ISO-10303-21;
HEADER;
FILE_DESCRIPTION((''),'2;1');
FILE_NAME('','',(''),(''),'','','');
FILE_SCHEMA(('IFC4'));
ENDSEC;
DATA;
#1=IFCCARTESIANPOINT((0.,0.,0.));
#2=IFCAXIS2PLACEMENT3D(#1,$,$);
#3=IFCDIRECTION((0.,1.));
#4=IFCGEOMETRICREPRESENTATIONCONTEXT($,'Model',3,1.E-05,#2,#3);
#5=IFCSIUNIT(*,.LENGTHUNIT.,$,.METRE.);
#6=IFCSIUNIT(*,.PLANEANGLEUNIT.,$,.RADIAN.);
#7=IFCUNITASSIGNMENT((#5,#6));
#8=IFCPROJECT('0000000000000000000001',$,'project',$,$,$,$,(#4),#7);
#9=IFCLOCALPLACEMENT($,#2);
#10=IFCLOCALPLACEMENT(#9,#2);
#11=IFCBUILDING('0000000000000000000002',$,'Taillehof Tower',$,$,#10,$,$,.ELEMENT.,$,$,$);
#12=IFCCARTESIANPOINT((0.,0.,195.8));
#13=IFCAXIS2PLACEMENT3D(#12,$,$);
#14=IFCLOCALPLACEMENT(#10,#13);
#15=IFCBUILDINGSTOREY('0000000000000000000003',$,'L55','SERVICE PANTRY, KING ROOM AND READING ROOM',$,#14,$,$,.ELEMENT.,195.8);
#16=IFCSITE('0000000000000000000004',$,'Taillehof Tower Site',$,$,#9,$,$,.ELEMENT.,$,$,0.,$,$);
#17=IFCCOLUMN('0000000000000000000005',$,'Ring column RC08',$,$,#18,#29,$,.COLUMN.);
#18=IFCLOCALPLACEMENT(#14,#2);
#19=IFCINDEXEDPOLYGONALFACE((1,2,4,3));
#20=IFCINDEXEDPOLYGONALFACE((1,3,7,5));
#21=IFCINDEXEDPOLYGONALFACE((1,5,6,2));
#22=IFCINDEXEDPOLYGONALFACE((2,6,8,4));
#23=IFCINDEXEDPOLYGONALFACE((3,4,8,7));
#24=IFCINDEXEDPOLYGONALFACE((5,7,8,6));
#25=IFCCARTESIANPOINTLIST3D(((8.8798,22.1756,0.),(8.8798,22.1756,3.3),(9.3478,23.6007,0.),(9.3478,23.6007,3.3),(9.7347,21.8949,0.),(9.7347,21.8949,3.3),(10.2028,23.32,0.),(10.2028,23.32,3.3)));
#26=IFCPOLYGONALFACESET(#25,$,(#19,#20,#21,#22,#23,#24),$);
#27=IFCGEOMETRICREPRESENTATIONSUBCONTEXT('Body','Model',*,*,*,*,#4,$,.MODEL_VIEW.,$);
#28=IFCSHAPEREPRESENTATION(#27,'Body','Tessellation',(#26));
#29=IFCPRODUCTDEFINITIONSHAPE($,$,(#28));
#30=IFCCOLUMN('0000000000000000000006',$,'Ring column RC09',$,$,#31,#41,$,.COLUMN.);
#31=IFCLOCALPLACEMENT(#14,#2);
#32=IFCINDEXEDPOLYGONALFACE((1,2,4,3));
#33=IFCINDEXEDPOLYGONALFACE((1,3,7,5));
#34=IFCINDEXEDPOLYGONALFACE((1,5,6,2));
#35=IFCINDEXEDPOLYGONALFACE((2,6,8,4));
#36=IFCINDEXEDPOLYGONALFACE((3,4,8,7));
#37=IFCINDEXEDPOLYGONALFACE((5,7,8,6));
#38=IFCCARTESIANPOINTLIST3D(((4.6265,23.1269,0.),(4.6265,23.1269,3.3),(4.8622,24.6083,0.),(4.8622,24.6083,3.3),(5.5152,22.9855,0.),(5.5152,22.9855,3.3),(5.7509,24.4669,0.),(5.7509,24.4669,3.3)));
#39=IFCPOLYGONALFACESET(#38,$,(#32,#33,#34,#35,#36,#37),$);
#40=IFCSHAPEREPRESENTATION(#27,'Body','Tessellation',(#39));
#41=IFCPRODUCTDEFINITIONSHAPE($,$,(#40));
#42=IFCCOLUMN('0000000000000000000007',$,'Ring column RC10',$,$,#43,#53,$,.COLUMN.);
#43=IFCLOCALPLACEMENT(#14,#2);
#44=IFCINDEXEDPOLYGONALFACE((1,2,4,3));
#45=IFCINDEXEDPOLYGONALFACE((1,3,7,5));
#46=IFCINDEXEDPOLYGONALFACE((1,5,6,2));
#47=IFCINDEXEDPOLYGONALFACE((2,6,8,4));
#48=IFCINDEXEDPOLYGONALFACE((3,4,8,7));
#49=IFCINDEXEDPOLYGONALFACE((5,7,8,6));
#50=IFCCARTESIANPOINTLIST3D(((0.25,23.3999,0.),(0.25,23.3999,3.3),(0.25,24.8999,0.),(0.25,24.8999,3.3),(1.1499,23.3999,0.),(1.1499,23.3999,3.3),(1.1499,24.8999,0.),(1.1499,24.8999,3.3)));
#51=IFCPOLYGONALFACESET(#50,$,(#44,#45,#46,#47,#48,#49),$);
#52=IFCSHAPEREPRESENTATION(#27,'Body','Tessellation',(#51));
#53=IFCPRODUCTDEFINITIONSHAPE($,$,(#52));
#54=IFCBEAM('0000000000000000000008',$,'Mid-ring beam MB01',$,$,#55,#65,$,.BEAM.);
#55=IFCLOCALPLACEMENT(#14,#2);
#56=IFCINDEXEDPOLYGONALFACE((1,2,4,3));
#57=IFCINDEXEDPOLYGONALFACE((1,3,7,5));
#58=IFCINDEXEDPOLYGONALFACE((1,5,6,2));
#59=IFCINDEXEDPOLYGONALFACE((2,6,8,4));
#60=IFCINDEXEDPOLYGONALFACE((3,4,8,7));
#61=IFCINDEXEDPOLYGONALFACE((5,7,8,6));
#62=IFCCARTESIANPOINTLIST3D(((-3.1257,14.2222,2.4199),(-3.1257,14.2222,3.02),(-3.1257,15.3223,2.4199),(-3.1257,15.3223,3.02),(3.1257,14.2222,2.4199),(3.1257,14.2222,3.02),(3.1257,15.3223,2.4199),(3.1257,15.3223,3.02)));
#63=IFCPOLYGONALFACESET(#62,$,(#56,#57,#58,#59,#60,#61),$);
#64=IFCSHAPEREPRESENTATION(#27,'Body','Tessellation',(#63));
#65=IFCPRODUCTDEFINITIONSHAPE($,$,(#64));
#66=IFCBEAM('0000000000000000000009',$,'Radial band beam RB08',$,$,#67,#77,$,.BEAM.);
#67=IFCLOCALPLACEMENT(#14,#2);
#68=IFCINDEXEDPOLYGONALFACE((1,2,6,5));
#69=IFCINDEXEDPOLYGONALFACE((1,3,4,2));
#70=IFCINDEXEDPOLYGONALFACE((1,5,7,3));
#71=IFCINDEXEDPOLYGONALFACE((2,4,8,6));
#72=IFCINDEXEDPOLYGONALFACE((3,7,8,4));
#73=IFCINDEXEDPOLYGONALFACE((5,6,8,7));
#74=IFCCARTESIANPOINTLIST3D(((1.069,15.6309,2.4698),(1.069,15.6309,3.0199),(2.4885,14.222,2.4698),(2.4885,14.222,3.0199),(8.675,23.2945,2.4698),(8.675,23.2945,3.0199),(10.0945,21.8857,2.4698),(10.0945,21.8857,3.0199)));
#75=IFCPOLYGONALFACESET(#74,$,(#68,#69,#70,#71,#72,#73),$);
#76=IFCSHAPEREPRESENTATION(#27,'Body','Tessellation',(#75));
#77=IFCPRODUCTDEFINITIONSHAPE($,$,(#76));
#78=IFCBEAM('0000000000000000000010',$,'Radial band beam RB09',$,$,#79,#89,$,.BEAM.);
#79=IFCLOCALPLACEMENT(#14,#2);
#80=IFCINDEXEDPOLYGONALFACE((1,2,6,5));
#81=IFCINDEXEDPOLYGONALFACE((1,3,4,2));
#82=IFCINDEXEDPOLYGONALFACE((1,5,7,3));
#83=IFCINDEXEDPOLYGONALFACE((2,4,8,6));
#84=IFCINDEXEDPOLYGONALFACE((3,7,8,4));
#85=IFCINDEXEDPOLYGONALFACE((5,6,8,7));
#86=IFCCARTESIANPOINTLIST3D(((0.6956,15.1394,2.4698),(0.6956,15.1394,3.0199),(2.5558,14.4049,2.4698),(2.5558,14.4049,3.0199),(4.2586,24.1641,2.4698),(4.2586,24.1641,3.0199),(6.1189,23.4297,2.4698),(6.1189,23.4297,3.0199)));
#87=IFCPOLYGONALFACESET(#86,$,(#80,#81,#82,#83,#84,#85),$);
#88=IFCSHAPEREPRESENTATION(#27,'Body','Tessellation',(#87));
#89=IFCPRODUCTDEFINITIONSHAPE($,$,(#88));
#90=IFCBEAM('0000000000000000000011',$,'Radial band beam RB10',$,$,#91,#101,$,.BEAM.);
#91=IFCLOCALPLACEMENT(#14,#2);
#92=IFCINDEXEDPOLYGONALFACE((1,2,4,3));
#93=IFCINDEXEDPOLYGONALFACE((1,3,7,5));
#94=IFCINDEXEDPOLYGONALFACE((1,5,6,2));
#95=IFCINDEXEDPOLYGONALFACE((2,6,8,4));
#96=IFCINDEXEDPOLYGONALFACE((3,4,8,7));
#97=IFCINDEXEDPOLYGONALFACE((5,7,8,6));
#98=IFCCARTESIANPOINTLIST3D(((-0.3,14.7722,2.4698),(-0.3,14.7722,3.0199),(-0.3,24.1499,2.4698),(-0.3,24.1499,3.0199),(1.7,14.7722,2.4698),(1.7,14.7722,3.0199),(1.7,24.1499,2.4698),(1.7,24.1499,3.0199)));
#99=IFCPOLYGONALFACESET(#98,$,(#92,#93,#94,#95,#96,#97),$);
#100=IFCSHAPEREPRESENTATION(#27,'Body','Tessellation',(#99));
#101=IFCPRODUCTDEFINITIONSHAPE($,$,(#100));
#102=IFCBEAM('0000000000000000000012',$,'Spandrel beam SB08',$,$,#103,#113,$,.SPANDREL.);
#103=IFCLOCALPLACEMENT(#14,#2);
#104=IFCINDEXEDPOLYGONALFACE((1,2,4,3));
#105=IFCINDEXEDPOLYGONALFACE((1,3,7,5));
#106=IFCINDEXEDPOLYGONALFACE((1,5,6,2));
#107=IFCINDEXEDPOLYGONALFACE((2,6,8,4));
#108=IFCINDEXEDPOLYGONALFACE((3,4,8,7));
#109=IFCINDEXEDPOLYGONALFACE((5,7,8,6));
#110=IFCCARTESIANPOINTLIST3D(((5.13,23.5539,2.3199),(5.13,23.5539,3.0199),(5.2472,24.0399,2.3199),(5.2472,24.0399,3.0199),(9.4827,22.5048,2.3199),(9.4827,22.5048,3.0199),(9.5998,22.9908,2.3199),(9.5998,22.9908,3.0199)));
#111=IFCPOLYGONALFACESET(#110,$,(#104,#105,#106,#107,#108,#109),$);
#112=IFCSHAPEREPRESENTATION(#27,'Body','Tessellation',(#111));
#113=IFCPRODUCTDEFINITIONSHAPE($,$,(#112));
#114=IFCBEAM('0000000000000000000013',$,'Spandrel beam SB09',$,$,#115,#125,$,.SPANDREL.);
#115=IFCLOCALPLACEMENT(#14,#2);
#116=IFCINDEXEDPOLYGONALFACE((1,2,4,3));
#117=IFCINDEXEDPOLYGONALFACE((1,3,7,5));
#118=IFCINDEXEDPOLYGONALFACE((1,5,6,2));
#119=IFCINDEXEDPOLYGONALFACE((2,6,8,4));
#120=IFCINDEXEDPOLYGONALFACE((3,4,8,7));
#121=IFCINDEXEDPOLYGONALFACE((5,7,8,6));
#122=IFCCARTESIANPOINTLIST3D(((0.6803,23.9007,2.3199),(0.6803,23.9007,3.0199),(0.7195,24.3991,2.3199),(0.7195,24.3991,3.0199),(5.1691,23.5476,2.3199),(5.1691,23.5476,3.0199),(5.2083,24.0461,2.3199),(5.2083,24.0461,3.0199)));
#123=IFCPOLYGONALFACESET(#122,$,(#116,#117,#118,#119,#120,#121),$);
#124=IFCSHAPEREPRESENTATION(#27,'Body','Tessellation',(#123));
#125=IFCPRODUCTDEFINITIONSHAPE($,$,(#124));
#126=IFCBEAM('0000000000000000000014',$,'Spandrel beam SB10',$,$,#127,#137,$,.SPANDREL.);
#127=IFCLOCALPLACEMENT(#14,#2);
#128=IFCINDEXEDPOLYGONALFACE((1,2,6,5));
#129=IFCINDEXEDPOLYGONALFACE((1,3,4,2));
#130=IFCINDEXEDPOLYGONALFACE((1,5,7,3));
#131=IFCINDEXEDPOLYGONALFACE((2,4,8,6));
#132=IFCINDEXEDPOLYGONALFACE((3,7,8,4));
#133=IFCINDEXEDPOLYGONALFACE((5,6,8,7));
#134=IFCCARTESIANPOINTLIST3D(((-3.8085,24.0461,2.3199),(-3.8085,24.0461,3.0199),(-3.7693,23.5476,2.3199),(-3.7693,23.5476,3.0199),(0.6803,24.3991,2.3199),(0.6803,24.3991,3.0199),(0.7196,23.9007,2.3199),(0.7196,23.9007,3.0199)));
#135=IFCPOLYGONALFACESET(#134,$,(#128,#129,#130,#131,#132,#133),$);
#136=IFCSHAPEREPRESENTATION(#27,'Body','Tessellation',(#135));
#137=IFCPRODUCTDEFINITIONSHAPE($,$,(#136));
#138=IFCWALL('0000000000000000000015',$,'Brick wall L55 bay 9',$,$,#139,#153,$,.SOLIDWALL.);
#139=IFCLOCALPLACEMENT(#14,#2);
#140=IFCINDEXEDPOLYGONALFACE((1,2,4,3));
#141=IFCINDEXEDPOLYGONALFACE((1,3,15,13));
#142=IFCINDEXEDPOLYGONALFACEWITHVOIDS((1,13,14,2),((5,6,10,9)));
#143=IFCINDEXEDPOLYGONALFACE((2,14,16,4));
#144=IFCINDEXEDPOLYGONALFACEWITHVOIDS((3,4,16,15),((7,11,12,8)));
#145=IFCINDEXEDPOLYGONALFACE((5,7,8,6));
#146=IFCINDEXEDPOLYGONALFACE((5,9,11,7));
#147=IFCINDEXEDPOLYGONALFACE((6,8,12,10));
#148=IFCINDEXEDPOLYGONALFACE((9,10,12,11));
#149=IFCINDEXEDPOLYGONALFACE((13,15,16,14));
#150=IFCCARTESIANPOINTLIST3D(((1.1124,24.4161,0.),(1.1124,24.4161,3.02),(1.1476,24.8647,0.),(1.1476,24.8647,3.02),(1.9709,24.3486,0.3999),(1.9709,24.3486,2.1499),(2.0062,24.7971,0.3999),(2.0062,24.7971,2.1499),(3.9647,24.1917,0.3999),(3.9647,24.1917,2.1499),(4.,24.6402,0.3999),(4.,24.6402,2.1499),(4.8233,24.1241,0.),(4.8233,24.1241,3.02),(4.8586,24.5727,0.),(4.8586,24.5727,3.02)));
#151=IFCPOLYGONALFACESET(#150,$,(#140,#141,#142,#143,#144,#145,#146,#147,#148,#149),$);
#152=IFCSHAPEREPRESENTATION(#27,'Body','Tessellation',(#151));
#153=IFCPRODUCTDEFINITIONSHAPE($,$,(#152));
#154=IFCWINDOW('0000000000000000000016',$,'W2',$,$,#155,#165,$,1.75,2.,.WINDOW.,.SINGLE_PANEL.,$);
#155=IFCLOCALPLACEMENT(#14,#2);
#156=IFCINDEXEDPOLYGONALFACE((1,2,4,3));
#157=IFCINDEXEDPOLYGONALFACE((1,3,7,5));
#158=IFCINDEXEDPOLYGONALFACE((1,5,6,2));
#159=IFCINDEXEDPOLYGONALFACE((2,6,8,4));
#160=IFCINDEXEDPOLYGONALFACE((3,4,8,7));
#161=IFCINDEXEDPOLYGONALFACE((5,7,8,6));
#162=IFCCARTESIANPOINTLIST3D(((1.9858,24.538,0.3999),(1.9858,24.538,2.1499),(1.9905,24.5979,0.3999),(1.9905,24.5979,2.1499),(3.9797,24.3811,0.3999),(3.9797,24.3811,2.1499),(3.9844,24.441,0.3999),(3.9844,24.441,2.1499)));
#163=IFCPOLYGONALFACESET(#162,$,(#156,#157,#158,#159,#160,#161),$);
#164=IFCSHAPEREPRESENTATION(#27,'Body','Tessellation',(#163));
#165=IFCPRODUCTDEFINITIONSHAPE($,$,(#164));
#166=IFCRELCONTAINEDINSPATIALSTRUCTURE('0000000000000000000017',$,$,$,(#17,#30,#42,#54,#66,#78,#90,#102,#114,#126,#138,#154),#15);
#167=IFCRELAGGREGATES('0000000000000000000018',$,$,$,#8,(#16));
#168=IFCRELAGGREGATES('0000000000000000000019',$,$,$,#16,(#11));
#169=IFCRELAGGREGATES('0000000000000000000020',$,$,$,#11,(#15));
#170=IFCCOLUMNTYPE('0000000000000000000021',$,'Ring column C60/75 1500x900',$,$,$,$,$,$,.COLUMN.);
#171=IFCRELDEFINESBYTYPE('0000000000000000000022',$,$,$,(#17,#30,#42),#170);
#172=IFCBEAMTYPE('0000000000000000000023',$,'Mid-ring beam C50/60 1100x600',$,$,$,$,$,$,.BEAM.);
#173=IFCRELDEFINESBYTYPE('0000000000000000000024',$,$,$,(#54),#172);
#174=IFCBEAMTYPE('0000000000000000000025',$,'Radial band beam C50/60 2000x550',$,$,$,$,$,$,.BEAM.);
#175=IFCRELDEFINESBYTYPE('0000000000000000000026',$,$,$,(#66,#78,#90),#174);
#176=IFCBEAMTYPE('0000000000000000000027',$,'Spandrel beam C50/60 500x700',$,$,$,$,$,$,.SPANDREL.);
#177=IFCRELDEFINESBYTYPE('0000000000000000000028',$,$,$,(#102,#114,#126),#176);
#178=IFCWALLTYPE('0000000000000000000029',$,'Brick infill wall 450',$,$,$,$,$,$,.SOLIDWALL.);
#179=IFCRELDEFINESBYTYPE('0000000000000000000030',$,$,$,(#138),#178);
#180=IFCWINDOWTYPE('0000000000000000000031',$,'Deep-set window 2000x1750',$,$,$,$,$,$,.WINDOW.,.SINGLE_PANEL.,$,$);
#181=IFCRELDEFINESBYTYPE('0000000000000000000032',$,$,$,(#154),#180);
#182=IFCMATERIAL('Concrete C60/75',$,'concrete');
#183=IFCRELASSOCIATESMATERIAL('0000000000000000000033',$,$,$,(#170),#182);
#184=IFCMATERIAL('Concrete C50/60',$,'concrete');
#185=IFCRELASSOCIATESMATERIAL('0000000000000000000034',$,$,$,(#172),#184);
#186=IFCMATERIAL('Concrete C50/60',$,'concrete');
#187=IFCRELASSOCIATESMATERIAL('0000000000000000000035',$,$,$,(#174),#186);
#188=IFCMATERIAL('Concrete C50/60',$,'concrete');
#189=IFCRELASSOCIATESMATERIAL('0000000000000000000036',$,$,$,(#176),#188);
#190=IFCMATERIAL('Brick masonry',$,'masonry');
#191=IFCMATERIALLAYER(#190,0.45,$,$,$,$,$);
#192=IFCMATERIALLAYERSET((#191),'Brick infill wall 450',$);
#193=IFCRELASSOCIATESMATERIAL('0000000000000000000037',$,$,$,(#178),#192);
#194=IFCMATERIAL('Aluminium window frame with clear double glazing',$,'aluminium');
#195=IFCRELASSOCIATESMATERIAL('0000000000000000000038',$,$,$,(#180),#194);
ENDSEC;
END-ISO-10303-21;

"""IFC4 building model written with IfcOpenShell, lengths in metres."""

from ifc_helpers import new_model, si_unit, direction, frame, frame_2d, origin, origin_2d, place, context, subcontext, project, spatial, rectangle, extrude, material, layer, layer_set, material_profile, profile_set, type_object, element, fill, save


model = new_model("IFC4")

# Units and contexts
model_context = context("Model", 3, precision=1e-05, world=origin(), true_north=direction((0.0, 1.0)))
body_context = subcontext(model_context, "Body", "Model", "MODEL_VIEW")
ifc_project = project(units=[si_unit("LENGTHUNIT", "METRE"), si_unit("PLANEANGLEUNIT", "RADIAN")], contexts=[model_context])

# Site, building, storey
site_placement = place(None, origin())
site = spatial("IfcSite", under=ifc_project, at=site_placement, Name="Taillehof Tower Site", CompositionType="ELEMENT", RefElevation=0.0)
building_placement = place(site_placement, origin())
building = spatial("IfcBuilding", under=site, at=building_placement, Name="Taillehof Tower", CompositionType="ELEMENT")
storey_placement = place(building_placement, frame((0.0, 0.0, 195.8)))
storey = spatial("IfcBuildingStorey", under=building, at=storey_placement, Name="L55", Description="SERVICE PANTRY, KING ROOM AND READING ROOM", CompositionType="ELEMENT", Elevation=195.8)

# Columns
ifc_material_1 = material(Name="Concrete C60/75", Category="concrete")
ifc_material_profile_1 = material_profile(ifc_material_1, rectangle(XDim=1.5, YDim=0.8999, at=origin_2d()), Name="RC 1500x900")
ifc_profile_set_1 = profile_set([ifc_material_profile_1], Name="Concrete C60/75")
column_type = type_object("IfcColumnType", Name="Ring column C60/75 1500x900", PredefinedType="COLUMN", material=ifc_profile_set_1)
for number, where, z_axis, x_axis, name in (
    (1, (9.5413, 22.7478, 0.0), (0.0, 0.0, 1.0), (0.312001, 0.950082, 0.0), "Ring column RC08"),
    (2, (5.1887, 23.7969, 0.0), (0.0, 0.0, 1.0), (0.157116, 0.98758, 0.0), "Ring column RC09"),
    (3, (0.7, 24.1499, 0.0), (0.0, 0.0, 1.0), (0.0, 1.0, 0.0), "Ring column RC10"),
):
    element("IfcColumn", number, at=place(storey_placement, frame(where, z_axis=z_axis, x_axis=x_axis)), inside=storey, type_object=column_type, Name=name, PredefinedType="COLUMN", context=body_context, shape_type="SweptSolid", body=[
        extrude(rectangle(XDim=1.5, YDim=0.8999, at=origin_2d()), origin(), (0.0, 0.0, 1.0), 3.3),
    ])

# Beams
ifc_material_2 = material(Name="Concrete C50/60", Category="concrete")
ifc_material_profile_2 = material_profile(ifc_material_2, rectangle(XDim=1.1001, YDim=0.6001, at=origin_2d()), Name="RC 1100x600")
ifc_profile_set_2 = profile_set([ifc_material_profile_2], Name="Concrete C50/60")
beam_type_1 = type_object("IfcBeamType", Name="Mid-ring beam C50/60 1100x600", PredefinedType="BEAM", material=ifc_profile_set_2)
beam_1_placement = place(storey_placement, frame((3.1257, 14.7722, 2.72), z_axis=(-1.0, 0.0, 0.0), x_axis=(0.0, -1.0, 0.0)))
element("IfcBeam", 4, at=beam_1_placement, inside=storey, type_object=beam_type_1, Name="Mid-ring beam MB01", PredefinedType="BEAM", context=body_context, shape_type="SweptSolid", body=[
    extrude(rectangle(XDim=1.1001, YDim=0.6001, at=origin_2d()), origin(), (0.0, 0.0, 1.0), 6.2515),
])
ifc_material_3 = material(Name="Concrete C50/60", Category="concrete")
ifc_material_profile_3 = material_profile(ifc_material_3, rectangle(XDim=2.0, YDim=0.55, at=origin_2d()), Name="RC 2000x550")
ifc_profile_set_3 = profile_set([ifc_material_profile_3], Name="Concrete C50/60")
beam_type_2 = type_object("IfcBeamType", Name="Radial band beam C50/60 2000x550", PredefinedType="BEAM", material=ifc_profile_set_3)
beam_2_placement = place(storey_placement, frame((9.3848, 22.5901, 2.7449), z_axis=(-0.704434, -0.70977, 0.0), x_axis=(0.70977, -0.704434, 0.0)))
element("IfcBeam", 5, at=beam_2_placement, inside=storey, type_object=beam_type_2, Name="Radial band beam RB08", PredefinedType="BEAM", context=body_context, shape_type="SweptSolid", body=[
    extrude(rectangle(XDim=2.0, YDim=0.55, at=origin_2d()), origin(), (0.0, 0.0, 1.0), 10.7974),
])
beam_3_placement = place(storey_placement, frame((5.1887, 23.7969, 2.7449), z_axis=(-0.367222, -0.930133, 0.0), x_axis=(0.930133, -0.367222, 0.0)))
element("IfcBeam", 6, at=beam_3_placement, inside=storey, type_object=beam_type_2, Name="Radial band beam RB09", PredefinedType="BEAM", context=body_context, shape_type="SweptSolid", body=[
    extrude(rectangle(XDim=2.0, YDim=0.55, at=origin_2d()), origin(), (0.0, 0.0, 1.0), 9.7026),
])
beam_4_placement = place(storey_placement, frame((0.7, 24.1499, 2.7449), z_axis=(0.0, -1.0, 0.0), x_axis=(1.0, 0.0, 0.0)))
element("IfcBeam", 7, at=beam_4_placement, inside=storey, type_object=beam_type_2, Name="Radial band beam RB10", PredefinedType="BEAM", context=body_context, shape_type="SweptSolid", body=[
    extrude(rectangle(XDim=2.0, YDim=0.55, at=origin_2d()), origin(), (0.0, 0.0, 1.0), 9.3777),
])
ifc_material_4 = material(Name="Concrete C50/60", Category="concrete")
ifc_material_profile_4 = material_profile(ifc_material_4, rectangle(XDim=0.5, YDim=0.7, at=origin_2d()), Name="RC 500x700")
ifc_profile_set_4 = profile_set([ifc_material_profile_4], Name="Concrete C50/60")
beam_type_3 = type_object("IfcBeamType", Name="Spandrel beam C50/60 500x700", PredefinedType="SPANDREL", material=ifc_profile_set_4)
beam_5_placement = place(storey_placement, frame((9.5413, 22.7478, 2.6699), z_axis=(-0.972161, 0.234315, 0.0), x_axis=(-0.234315, -0.972161, 0.0)))
element("IfcBeam", 8, at=beam_5_placement, inside=storey, type_object=beam_type_3, Name="Spandrel beam SB08", PredefinedType="SPANDREL", context=body_context, shape_type="SweptSolid", body=[
    extrude(rectangle(XDim=0.5, YDim=0.7, at=origin_2d()), origin(), (0.0, 0.0, 1.0), 4.4773),
])
for number, where, z_axis, x_axis, name in (
    (9, (5.1887, 23.7969, 2.6699), (-0.996922, 0.078405, 0.0), (-0.078405, -0.996922, 0.0), "Spandrel beam SB09"),
    (10, (0.7, 24.1499, 2.6699), (-0.996922, -0.078405, 0.0), (0.078405, -0.996922, 0.0), "Spandrel beam SB10"),
):
    element("IfcBeam", number, at=place(storey_placement, frame(where, z_axis=z_axis, x_axis=x_axis)), inside=storey, type_object=beam_type_3, Name=name, PredefinedType="SPANDREL", context=body_context, shape_type="SweptSolid", body=[
        extrude(rectangle(XDim=0.5, YDim=0.7, at=origin_2d()), origin(), (0.0, 0.0, 1.0), 4.5027),
    ])

# Wall, opening, window
ifc_material_5 = material(Name="Brick masonry", Category="masonry")
ifc_layer_1 = layer(ifc_material_5, 0.45)
ifc_layer_set_1 = layer_set([ifc_layer_1], Name="Brick infill wall 450")
wall_type_1 = type_object("IfcWallType", Name="Brick infill wall 450", PredefinedType="SOLIDWALL", material=ifc_layer_set_1)
wall_1_placement = place(storey_placement, frame((4.8411, 24.3484, 0.0), z_axis=(0.0, 0.0, 1.0), x_axis=(-0.996919, 0.078442, 0.0)))
wall_1 = element("IfcWall", 11, at=wall_1_placement, inside=storey, type_object=wall_type_1, Name="Brick wall L55 bay 9", PredefinedType="SOLIDWALL", context=body_context, shape_type="SweptSolid", body=[
    extrude(rectangle(XDim=3.7224, YDim=0.45, at=frame_2d((1.8613, 0.0))), origin(), (0.0, 0.0, 1.0), 3.02),
])
opening_1_placement = place(wall_1_placement, frame((0.8613, 0.0, 0.3999)))
opening_1 = element("IfcOpeningElement", 12, at=opening_1_placement, cuts=wall_1, PredefinedType="OPENING", context=body_context, shape_type="SweptSolid", body=[
    extrude(rectangle(XDim=2.0, YDim=1.75, at=frame_2d((1.0, 0.875))), frame((0.0, 0.2349, 0.0), z_axis=(0.0, -1.0, 0.0), x_axis=(1.0, 0.0, 0.0)), (0.0, 0.0, 1.0), 0.47),
])
ifc_material_6 = material(Name="Aluminium window frame with clear double glazing", Category="aluminium")
window_type_1 = type_object("IfcWindowType", Name="Deep-set window 2000x1750", PartitioningType="SINGLE_PANEL", PredefinedType="WINDOW", material=ifc_material_6)
window_1_placement = place(opening_1_placement, origin())
window_1 = element("IfcWindow", 13, at=window_1_placement, inside=storey, type_object=window_type_1, Name="W2", OverallHeight=1.75, OverallWidth=2.0, PartitioningType="SINGLE_PANEL", PredefinedType="WINDOW", context=body_context, shape_type="SweptSolid", body=[
    extrude(rectangle(XDim=2.0, YDim=1.75, at=frame_2d((1.0, 0.875))), frame((0.0, 0.0349, 0.0), z_axis=(0.0, -1.0, 0.0), x_axis=(1.0, 0.0, 0.0)), (0.0, 0.0, 1.0), 0.0601),
])
fill(opening_1, window_1)

save(model, "model.ifc")
